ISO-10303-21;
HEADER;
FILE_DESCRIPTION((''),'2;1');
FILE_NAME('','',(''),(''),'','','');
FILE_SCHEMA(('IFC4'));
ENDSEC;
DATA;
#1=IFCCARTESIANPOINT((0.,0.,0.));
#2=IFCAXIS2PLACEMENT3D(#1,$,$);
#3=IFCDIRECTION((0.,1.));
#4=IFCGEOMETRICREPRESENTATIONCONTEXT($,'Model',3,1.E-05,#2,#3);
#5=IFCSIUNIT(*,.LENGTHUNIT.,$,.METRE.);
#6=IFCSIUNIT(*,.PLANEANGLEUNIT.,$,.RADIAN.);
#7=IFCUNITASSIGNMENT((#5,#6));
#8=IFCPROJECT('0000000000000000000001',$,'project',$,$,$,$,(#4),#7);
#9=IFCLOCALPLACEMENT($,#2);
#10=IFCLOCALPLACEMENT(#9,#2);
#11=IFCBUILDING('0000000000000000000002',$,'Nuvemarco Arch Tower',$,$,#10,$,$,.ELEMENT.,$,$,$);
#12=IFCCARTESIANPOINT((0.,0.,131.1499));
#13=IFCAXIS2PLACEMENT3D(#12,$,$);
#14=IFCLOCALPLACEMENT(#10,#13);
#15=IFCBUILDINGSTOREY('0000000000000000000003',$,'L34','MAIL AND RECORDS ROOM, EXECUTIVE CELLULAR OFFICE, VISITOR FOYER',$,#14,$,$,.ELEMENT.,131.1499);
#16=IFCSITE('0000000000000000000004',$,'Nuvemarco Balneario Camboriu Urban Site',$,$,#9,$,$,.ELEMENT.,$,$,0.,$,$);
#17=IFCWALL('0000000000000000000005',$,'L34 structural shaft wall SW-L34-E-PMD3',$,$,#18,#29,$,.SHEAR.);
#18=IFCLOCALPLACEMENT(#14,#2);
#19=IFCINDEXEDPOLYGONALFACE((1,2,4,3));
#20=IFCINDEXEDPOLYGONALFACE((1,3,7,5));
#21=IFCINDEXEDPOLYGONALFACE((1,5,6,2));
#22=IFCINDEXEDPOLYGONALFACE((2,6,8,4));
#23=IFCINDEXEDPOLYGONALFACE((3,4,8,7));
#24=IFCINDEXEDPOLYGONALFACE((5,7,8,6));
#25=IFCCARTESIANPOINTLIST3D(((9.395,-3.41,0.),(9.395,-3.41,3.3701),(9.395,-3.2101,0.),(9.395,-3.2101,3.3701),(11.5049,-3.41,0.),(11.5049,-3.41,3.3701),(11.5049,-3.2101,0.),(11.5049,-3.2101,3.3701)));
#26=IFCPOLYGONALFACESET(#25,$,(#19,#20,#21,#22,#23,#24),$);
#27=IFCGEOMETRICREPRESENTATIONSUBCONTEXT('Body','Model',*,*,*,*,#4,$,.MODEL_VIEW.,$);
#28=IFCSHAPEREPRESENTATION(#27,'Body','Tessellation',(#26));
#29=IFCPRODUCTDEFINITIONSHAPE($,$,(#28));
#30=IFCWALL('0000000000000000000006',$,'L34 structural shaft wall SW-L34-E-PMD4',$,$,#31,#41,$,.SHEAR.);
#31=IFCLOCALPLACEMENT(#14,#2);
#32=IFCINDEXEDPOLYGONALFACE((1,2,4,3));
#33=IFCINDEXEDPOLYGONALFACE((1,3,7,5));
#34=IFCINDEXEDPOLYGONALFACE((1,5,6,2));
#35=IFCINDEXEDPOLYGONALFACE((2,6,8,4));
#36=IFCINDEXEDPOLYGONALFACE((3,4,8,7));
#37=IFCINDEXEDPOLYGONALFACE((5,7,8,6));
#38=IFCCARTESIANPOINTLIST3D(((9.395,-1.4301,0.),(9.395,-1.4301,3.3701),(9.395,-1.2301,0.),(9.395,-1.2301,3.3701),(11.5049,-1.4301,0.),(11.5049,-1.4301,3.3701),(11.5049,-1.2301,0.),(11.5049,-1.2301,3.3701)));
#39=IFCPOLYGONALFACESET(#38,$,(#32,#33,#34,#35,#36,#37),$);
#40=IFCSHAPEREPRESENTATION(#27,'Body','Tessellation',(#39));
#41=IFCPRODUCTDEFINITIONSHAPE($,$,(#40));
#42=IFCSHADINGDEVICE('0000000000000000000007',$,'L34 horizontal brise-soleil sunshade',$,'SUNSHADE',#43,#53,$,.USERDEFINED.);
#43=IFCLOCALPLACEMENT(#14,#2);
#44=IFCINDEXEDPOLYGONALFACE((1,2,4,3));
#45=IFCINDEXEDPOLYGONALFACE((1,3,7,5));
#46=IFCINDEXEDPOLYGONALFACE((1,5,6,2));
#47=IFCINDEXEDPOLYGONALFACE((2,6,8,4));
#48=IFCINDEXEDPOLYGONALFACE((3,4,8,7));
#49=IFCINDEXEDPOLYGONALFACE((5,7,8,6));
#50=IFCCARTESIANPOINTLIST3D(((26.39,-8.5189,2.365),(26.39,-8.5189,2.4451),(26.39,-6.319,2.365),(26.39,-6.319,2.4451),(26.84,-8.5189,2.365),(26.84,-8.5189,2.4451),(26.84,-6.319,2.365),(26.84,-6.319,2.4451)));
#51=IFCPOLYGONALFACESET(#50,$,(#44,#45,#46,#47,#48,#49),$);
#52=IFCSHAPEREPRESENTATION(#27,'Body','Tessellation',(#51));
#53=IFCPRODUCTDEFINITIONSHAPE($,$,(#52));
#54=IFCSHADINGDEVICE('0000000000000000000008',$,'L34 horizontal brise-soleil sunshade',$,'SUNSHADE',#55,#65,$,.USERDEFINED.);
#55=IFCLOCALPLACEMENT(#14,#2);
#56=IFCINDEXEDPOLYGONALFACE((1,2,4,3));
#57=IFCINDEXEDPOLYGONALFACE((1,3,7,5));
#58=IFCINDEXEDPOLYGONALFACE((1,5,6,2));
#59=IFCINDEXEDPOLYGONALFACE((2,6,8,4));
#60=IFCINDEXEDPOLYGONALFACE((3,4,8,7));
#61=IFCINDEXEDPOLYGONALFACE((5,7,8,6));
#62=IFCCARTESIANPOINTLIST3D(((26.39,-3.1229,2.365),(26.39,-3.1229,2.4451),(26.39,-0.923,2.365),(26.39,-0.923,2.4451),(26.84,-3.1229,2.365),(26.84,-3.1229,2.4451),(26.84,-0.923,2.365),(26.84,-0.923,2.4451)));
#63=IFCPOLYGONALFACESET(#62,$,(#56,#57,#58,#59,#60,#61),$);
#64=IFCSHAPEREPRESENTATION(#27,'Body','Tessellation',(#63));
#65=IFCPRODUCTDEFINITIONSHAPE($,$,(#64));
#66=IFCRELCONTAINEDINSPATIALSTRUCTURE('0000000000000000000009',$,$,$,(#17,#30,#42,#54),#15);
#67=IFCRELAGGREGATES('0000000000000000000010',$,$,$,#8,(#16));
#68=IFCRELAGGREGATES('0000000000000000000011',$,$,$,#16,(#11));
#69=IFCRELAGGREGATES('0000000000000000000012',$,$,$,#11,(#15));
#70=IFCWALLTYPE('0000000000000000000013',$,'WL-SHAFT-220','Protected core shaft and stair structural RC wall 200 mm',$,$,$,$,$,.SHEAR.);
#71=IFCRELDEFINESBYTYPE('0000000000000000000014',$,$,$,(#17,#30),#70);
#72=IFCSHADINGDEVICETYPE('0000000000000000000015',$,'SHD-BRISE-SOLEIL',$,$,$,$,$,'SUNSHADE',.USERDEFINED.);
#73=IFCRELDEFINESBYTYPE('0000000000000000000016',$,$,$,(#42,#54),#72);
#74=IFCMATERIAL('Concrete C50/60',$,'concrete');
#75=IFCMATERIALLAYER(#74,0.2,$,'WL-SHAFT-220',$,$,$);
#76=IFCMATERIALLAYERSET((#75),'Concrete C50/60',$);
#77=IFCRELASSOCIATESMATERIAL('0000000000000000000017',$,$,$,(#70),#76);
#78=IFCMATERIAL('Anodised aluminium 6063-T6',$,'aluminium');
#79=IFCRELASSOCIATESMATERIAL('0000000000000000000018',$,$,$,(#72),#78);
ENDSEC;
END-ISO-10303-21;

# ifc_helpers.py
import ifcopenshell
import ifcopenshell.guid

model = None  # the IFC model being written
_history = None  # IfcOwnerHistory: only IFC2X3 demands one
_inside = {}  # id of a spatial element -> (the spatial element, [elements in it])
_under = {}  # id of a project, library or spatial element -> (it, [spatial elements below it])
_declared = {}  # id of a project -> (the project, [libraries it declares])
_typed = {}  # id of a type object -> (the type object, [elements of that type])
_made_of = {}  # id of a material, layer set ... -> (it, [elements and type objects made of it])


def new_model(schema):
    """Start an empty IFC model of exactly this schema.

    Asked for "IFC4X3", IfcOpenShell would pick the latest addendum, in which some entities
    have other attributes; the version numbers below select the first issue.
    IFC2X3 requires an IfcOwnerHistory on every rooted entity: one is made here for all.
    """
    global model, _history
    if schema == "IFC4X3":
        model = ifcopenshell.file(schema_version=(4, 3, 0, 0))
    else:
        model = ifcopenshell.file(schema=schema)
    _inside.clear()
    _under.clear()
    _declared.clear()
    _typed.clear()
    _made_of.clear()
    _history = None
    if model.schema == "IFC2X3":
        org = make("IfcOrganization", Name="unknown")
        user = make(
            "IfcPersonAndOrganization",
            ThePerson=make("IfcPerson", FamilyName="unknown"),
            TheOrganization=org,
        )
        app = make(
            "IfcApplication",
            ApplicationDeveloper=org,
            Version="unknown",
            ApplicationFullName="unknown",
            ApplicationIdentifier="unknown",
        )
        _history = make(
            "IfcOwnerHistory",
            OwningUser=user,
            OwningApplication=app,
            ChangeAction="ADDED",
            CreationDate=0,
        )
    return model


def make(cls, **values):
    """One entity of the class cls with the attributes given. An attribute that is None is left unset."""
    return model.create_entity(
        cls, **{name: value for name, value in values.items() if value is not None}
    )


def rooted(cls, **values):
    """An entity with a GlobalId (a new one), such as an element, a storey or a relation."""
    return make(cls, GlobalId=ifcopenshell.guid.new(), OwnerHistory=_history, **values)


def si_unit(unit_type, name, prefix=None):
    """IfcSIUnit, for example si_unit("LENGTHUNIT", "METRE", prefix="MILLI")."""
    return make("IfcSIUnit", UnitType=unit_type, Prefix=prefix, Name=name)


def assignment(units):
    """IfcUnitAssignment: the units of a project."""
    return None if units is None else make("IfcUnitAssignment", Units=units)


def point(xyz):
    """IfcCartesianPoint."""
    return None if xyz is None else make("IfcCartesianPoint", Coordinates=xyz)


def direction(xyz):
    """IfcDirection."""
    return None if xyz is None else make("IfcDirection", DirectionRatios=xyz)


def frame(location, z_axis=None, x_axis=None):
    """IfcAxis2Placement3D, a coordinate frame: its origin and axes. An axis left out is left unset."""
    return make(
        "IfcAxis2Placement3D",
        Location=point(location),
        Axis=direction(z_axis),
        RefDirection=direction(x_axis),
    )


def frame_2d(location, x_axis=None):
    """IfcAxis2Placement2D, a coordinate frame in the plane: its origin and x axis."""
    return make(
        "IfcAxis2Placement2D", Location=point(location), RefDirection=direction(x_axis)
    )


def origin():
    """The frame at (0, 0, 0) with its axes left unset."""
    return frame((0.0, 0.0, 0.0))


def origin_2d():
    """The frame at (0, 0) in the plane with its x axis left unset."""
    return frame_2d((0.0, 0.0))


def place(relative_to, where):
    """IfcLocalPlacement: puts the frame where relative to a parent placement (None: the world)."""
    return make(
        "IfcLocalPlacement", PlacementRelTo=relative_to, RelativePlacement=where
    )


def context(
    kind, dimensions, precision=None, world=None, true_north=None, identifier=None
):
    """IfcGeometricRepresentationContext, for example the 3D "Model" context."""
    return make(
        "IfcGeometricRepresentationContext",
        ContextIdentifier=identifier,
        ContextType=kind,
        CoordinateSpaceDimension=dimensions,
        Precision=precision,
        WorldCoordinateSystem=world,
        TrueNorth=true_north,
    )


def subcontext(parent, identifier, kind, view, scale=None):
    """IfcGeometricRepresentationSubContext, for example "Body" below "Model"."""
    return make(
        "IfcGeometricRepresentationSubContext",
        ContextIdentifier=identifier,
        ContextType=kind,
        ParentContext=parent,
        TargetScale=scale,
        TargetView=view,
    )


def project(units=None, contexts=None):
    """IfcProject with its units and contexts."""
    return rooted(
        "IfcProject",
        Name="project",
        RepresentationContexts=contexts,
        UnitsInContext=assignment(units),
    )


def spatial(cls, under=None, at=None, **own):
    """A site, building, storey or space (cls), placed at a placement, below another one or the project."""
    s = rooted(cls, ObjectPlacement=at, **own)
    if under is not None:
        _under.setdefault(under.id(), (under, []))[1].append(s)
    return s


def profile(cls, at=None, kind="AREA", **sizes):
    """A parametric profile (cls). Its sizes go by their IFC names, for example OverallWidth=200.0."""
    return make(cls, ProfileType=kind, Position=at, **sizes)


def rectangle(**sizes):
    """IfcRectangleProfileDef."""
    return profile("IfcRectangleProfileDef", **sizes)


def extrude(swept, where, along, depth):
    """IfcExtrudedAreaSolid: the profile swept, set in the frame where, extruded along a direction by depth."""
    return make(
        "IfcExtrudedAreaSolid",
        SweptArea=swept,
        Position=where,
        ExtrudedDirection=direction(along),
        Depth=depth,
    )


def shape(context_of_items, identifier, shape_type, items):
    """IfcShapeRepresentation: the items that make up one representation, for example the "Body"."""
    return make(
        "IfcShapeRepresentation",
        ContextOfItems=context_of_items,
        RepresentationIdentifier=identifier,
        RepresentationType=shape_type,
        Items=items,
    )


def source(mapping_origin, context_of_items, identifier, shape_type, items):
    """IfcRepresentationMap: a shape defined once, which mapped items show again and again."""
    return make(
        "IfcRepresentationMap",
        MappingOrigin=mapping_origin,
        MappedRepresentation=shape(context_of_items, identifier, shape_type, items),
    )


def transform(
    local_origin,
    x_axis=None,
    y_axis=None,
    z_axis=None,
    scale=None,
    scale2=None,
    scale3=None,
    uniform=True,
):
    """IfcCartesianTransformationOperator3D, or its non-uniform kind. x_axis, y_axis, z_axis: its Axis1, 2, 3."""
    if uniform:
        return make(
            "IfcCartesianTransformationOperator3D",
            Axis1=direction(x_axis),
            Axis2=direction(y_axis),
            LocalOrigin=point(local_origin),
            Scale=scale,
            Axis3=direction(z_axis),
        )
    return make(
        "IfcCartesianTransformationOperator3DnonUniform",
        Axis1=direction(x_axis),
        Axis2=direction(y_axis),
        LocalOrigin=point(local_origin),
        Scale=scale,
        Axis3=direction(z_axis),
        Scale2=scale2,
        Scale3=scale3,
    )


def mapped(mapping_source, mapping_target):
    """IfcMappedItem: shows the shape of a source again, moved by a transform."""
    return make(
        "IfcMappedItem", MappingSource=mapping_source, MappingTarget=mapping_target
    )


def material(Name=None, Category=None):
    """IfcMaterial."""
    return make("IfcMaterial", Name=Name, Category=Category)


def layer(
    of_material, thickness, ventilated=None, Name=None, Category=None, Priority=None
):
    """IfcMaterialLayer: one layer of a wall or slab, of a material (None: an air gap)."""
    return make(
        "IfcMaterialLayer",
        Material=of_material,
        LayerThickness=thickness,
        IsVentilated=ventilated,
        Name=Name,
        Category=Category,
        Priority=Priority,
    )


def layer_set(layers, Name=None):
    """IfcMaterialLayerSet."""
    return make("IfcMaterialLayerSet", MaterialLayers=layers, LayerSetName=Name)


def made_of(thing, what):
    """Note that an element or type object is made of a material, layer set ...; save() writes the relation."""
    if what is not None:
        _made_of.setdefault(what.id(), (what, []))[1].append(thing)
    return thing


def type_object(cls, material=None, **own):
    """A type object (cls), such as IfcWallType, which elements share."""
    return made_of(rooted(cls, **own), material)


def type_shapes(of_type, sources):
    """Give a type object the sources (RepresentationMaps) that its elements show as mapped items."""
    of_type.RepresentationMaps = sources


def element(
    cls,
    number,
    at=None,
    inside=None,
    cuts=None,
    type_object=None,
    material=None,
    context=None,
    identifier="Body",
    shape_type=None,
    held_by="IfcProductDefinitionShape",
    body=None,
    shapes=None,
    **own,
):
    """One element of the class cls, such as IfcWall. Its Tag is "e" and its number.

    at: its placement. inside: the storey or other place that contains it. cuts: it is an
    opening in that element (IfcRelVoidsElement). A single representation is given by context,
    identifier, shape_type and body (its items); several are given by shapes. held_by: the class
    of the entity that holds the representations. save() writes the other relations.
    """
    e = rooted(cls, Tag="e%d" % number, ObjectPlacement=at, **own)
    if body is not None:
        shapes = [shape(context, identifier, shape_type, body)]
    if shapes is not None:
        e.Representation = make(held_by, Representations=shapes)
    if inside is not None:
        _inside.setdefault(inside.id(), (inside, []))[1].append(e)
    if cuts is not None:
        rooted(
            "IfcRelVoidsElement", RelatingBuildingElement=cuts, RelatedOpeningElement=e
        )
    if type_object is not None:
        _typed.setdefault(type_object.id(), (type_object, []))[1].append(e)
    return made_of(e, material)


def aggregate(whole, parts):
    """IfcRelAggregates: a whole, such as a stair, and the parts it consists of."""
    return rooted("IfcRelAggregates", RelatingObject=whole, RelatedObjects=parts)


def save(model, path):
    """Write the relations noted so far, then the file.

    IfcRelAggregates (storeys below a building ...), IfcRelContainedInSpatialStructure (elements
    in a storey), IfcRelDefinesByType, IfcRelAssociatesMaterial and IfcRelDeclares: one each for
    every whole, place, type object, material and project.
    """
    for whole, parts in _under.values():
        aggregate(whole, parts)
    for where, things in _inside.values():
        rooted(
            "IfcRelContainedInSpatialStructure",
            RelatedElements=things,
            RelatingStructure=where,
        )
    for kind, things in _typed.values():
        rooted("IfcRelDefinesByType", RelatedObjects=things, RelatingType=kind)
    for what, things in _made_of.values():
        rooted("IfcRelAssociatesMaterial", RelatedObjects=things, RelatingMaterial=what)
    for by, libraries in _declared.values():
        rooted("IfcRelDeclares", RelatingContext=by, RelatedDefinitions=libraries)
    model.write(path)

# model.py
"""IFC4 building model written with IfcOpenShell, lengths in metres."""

from ifc_helpers import new_model, si_unit, direction, frame, frame_2d, origin, origin_2d, place, context, subcontext, project, spatial, rectangle, extrude, source, transform, mapped, material, layer, layer_set, type_object, type_shapes, element, save


model = new_model("IFC4")

# Units and contexts
model_context = context("Model", 3, precision=1e-05, world=origin(), true_north=direction((0.0, 1.0)))
body_context = subcontext(model_context, "Body", "Model", "MODEL_VIEW")
ifc_project = project(units=[si_unit("LENGTHUNIT", "METRE"), si_unit("PLANEANGLEUNIT", "RADIAN")], contexts=[model_context])

# Site, building, storey
site_placement = place(None, origin())
site = spatial("IfcSite", under=ifc_project, at=site_placement, Name="Nuvemarco Balneario Camboriu Urban Site", CompositionType="ELEMENT", RefElevation=0.0)
building_placement = place(site_placement, origin())
building = spatial("IfcBuilding", under=site, at=building_placement, Name="Nuvemarco Arch Tower", CompositionType="ELEMENT")
storey_placement = place(building_placement, frame((0.0, 0.0, 131.1499)))
storey = spatial("IfcBuildingStorey", under=building, at=storey_placement, Name="L34", Description="MAIL AND RECORDS ROOM, EXECUTIVE CELLULAR OFFICE, VISITOR FOYER", CompositionType="ELEMENT", Elevation=131.1499)

# Shared definitions
ifc_material_1 = material(Name="Concrete C50/60", Category="concrete")

# Shared definitions
ifc_layer_1 = layer(ifc_material_1, 0.2, Name="WL-SHAFT-220")
ifc_layer_set_1 = layer_set([ifc_layer_1], Name="Concrete C50/60")
wall_type_1 = type_object("IfcWallType", Name="WL-SHAFT-220", Description="Protected core shaft and stair structural RC wall 200 mm", PredefinedType="SHEAR", material=ifc_layer_set_1)

# Walls
for number, where, z_axis, x_axis, name in (
    (1, (9.395, -3.3101, 0.0), (0.0, 0.0, 1.0), (1.0, 0.0, 0.0), "L34 structural shaft wall SW-L34-E-PMD3"),
    (2, (9.395, -1.3301, 0.0), (0.0, 0.0, 1.0), (1.0, 0.0, 0.0), "L34 structural shaft wall SW-L34-E-PMD4"),
):
    element("IfcWall", number, at=place(storey_placement, frame(where, z_axis=z_axis, x_axis=x_axis)), inside=storey, type_object=wall_type_1, Name=name, PredefinedType="SHEAR", context=body_context, shape_type="SweptSolid", body=[
        extrude(rectangle(XDim=2.1099, YDim=0.2, at=frame_2d((1.0549, 0.0))), origin(), (0.0, 0.0, 1.0), 3.3701),
    ])

# Shading devices
ifc_material_2 = material(Name="Anodised aluminium 6063-T6", Category="aluminium")
shading_device_type = type_object("IfcShadingDeviceType", Name="SHD-BRISE-SOLEIL", ElementType="SUNSHADE", PredefinedType="USERDEFINED", material=ifc_material_2)
shared_shape_1 = source(origin(), body_context, "Body", "SweptSolid", [
    extrude(rectangle(XDim=2.2, YDim=0.45, at=origin_2d()), origin(), (0.0, 0.0, 1.0), 0.0801),
])
type_shapes(shading_device_type, [shared_shape_1])
for number, where, z_axis, x_axis, name in (
    (3, (26.615, -7.4189, 2.365), (0.0, 0.0, 1.0), (0.0, 1.0, 0.0), "L34 horizontal brise-soleil sunshade"),
    (4, (26.615, -2.0229, 2.365), (0.0, 0.0, 1.0), (0.0, 1.0, 0.0), "L34 horizontal brise-soleil sunshade"),
):
    element("IfcShadingDevice", number, at=place(storey_placement, frame(where, z_axis=z_axis, x_axis=x_axis)), inside=storey, type_object=shading_device_type, Name=name, ObjectType="SUNSHADE", PredefinedType="USERDEFINED", context=body_context, shape_type="MappedRepresentation", body=[
        mapped(shared_shape_1, transform((0.0, 0.0, 0.0), scale=1.0)),
    ])

save(model, "model.ifc")
